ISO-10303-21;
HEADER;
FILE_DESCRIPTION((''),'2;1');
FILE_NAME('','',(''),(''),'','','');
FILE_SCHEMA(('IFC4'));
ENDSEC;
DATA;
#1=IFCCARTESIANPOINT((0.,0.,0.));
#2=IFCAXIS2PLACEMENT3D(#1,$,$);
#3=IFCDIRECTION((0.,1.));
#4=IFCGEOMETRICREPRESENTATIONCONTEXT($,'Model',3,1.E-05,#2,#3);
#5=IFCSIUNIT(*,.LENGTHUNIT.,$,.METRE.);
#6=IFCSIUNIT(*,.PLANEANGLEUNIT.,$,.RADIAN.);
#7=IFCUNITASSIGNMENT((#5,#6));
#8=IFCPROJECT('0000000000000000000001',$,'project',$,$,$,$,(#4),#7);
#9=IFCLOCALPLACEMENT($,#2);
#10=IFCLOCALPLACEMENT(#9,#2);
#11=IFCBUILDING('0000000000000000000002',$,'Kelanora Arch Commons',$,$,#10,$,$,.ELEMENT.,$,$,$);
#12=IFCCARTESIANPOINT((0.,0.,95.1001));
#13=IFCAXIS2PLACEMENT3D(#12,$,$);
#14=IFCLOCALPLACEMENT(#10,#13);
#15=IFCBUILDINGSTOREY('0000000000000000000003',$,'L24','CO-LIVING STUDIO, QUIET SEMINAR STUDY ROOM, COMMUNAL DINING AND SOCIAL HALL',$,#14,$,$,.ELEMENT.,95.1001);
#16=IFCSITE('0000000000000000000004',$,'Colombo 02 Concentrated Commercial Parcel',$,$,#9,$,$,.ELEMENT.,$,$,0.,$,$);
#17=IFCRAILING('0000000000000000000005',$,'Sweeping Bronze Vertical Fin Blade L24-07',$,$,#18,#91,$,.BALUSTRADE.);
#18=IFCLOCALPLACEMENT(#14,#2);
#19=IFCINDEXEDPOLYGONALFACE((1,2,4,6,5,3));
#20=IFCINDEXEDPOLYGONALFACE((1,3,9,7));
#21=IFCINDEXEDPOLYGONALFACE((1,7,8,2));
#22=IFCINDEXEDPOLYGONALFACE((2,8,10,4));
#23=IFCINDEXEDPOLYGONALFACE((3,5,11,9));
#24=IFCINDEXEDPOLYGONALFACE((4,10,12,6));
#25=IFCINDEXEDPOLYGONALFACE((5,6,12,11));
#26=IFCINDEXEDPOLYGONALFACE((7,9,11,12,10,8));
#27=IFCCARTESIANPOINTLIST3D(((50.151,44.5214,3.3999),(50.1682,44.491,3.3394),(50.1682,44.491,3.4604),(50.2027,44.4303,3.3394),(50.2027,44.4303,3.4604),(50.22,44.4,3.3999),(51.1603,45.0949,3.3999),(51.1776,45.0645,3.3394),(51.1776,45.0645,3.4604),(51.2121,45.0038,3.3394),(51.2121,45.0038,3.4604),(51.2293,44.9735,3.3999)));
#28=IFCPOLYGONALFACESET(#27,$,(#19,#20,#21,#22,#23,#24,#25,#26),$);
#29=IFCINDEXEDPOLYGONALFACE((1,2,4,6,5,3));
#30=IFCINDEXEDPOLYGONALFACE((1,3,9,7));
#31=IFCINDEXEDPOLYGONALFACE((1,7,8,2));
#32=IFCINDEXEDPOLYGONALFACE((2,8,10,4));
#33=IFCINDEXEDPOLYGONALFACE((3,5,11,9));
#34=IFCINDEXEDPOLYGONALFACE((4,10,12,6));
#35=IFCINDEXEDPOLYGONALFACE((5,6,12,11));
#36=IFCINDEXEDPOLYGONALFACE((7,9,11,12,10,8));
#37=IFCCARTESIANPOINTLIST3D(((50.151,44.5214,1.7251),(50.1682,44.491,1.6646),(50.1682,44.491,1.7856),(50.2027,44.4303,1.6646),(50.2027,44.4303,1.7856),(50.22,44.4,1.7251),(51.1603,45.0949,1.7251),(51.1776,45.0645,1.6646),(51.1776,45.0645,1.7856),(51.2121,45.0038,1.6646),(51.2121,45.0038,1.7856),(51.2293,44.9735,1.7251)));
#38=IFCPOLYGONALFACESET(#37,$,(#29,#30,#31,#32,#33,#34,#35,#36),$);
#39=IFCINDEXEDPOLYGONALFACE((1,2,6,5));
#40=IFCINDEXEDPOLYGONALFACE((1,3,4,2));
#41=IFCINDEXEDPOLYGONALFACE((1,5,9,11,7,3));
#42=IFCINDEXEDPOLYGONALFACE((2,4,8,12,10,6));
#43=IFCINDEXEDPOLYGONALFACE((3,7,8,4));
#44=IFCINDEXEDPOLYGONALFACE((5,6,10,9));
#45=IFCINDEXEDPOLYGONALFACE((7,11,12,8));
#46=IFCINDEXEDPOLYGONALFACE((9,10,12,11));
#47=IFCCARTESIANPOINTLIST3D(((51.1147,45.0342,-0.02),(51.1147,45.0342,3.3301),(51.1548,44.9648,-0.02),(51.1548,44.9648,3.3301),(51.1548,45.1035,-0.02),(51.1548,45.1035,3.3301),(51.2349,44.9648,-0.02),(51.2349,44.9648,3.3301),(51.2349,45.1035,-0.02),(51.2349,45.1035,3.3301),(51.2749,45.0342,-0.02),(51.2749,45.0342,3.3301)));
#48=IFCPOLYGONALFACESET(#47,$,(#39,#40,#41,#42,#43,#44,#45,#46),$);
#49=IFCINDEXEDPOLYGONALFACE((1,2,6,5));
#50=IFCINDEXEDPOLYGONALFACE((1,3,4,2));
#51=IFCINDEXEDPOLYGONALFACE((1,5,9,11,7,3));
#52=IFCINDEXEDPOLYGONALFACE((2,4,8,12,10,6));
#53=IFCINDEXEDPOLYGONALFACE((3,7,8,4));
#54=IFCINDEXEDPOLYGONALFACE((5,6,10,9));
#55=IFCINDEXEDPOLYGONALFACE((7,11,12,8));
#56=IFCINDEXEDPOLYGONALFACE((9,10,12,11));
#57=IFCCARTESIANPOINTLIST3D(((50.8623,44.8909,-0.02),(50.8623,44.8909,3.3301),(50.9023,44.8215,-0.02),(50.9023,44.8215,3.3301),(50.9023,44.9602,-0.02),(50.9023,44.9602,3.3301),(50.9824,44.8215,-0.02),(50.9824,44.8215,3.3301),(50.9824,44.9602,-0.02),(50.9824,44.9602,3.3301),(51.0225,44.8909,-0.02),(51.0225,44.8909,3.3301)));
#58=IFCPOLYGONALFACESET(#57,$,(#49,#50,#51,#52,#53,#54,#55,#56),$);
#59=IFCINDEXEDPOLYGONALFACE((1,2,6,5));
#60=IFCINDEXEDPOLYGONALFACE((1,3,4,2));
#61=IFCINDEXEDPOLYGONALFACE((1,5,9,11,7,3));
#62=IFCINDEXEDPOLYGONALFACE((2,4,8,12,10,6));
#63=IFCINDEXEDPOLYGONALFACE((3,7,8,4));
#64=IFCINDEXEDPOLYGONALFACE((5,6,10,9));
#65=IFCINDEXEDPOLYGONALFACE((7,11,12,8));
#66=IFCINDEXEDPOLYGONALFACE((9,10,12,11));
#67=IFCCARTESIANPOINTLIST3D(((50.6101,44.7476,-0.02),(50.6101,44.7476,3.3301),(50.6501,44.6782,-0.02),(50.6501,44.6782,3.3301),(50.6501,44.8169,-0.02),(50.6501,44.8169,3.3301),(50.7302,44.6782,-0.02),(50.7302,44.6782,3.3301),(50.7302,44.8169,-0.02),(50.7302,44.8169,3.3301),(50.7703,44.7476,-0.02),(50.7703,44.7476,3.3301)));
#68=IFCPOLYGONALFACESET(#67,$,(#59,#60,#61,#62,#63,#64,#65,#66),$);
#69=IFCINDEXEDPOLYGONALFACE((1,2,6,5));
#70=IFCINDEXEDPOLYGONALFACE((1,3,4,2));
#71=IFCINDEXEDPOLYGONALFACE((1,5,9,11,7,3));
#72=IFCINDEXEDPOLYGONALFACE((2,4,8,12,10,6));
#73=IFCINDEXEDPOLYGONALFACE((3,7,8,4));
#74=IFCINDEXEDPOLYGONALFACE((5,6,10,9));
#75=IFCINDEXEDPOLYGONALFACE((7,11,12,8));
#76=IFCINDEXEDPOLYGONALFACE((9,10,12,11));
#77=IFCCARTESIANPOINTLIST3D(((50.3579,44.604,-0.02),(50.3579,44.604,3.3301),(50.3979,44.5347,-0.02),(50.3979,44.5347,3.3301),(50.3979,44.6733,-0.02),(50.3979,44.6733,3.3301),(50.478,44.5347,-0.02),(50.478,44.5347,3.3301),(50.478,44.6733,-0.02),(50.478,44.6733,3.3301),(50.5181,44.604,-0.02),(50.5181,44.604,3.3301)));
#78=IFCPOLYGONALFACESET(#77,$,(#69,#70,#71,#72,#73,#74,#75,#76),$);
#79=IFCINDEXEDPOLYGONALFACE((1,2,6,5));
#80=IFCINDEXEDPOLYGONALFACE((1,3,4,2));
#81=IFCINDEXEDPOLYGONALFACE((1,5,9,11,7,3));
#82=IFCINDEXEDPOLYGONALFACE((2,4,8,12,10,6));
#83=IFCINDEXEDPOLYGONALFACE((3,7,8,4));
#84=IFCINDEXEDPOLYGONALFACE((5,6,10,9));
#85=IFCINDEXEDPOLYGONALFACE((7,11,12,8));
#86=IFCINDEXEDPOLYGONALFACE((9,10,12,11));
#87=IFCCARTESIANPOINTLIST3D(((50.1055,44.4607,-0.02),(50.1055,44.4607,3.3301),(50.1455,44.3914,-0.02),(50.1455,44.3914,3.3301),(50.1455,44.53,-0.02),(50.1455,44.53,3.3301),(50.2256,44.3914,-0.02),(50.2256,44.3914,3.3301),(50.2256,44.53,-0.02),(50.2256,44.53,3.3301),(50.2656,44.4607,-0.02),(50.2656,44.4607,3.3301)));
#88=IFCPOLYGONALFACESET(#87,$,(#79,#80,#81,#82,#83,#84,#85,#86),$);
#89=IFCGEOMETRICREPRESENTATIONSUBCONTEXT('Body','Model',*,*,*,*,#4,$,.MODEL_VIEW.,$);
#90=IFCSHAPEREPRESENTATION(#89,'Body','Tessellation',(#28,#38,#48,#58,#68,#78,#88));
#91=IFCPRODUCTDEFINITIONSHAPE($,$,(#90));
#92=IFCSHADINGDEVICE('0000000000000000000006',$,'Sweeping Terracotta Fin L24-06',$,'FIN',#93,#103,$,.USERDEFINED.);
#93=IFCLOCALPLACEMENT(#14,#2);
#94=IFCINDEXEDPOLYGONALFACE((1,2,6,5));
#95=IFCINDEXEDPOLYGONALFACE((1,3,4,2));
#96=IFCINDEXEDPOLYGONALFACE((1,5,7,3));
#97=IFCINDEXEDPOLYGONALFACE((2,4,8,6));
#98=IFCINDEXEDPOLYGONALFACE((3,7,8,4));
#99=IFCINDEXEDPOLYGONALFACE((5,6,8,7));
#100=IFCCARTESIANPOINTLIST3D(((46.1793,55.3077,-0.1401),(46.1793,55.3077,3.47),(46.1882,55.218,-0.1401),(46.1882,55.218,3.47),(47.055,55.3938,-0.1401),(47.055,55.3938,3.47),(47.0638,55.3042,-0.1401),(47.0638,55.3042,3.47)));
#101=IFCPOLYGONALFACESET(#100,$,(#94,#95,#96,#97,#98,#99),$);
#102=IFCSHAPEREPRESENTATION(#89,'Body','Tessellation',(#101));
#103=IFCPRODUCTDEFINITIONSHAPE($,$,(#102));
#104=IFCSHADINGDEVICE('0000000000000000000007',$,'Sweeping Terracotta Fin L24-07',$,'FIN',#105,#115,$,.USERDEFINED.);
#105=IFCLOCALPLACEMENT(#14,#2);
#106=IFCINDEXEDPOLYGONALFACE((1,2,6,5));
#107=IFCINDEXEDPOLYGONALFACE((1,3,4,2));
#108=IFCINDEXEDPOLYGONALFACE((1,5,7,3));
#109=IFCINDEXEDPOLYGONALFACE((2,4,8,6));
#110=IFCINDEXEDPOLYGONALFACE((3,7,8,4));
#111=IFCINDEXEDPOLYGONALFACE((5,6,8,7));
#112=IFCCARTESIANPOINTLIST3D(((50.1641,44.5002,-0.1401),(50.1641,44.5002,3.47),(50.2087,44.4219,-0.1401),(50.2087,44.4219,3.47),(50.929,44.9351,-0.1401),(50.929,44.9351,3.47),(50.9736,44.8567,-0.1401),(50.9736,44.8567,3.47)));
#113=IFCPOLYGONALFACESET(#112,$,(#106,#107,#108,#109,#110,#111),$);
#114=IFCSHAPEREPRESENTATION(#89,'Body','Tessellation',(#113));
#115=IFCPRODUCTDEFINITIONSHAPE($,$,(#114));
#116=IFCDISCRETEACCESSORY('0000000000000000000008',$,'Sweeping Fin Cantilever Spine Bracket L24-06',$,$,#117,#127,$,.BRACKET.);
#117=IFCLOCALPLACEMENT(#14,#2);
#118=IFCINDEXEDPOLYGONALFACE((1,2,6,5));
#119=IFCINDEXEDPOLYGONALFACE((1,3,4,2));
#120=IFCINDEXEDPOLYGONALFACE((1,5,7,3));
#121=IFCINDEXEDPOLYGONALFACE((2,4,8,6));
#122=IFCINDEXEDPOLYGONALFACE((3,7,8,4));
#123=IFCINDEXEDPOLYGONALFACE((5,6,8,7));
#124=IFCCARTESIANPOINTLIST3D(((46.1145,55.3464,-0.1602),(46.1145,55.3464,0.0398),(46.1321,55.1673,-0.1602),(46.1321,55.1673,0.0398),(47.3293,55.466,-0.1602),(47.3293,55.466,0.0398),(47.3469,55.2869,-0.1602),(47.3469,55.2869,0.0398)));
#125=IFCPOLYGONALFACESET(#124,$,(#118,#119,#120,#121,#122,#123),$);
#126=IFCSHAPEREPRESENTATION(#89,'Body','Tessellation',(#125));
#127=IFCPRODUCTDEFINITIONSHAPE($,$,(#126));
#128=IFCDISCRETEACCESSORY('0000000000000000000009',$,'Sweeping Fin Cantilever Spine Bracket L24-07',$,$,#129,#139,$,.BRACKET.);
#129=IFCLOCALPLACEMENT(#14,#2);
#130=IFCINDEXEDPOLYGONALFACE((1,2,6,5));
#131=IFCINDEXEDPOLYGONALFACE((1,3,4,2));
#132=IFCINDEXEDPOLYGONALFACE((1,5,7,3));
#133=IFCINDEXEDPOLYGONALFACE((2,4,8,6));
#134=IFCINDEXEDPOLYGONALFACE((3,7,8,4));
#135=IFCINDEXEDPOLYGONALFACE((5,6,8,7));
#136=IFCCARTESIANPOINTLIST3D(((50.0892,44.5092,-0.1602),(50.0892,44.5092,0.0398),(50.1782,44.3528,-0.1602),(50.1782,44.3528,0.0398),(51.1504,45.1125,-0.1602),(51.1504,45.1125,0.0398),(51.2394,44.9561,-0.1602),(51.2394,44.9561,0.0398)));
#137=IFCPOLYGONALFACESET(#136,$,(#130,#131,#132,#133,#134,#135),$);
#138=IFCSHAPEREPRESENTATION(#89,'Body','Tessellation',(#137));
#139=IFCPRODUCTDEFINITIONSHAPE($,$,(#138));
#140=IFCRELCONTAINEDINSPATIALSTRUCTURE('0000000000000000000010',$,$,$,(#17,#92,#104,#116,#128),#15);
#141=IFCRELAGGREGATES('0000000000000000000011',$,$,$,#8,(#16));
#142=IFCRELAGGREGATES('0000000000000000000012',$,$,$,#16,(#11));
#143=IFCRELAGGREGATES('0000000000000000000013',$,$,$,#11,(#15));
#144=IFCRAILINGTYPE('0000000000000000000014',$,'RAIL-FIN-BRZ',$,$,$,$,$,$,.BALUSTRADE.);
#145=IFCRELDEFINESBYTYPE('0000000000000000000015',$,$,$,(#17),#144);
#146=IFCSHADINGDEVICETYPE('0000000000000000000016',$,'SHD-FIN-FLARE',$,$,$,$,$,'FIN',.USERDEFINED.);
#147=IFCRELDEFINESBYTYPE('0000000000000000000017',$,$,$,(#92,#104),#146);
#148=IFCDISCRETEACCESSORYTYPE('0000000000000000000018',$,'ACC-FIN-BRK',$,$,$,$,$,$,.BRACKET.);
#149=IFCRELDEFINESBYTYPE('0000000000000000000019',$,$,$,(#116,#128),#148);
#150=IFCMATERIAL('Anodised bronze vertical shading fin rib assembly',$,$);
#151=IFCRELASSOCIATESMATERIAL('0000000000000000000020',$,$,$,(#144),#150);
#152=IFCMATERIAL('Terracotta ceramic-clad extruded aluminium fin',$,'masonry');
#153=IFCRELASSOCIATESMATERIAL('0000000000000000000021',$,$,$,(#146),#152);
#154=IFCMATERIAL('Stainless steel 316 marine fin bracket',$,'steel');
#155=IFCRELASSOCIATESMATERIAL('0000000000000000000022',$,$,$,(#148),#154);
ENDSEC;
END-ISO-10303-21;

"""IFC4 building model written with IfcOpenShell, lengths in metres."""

from ifc_helpers import new_model, si_unit, direction, frame, origin, origin_2d, place, context, subcontext, project, spatial, polyline, rectangle, outline, extrude, source, transform, mapped, material, type_object, element, save


model = new_model("IFC4")

# Units and contexts
model_context = context("Model", 3, precision=1e-05, world=origin(), true_north=direction((0.0, 1.0)))
body_context = subcontext(model_context, "Body", "Model", "MODEL_VIEW")
ifc_project = project(units=[si_unit("LENGTHUNIT", "METRE"), si_unit("PLANEANGLEUNIT", "RADIAN")], contexts=[model_context])

# Site, building, storey
site_placement = place(None, origin())
site = spatial("IfcSite", under=ifc_project, at=site_placement, Name="Colombo 02 Concentrated Commercial Parcel", CompositionType="ELEMENT", RefElevation=0.0)
building_placement = place(site_placement, origin())
building = spatial("IfcBuilding", under=site, at=building_placement, Name="Kelanora Arch Commons", CompositionType="ELEMENT")
storey_placement = place(building_placement, frame((0.0, 0.0, 95.1001)))
storey = spatial("IfcBuildingStorey", under=building, at=storey_placement, Name="L24", Description="CO-LIVING STUDIO, QUIET SEMINAR STUDY ROOM, COMMUNAL DINING AND SOCIAL HALL", CompositionType="ELEMENT", Elevation=95.1001)

# Railing
ifc_material_1 = material(Name="Anodised bronze vertical shading fin rib assembly")
railing_type = type_object("IfcRailingType", Name="RAIL-FIN-BRZ", PredefinedType="BALUSTRADE", material=ifc_material_1)
railing_1_placement = place(storey_placement, frame((51.1948, 45.0342, -0.02)))
element("IfcRailing", 1, at=railing_1_placement, inside=storey, type_object=railing_type, Name="Sweeping Bronze Vertical Fin Blade L24-07", PredefinedType="BALUSTRADE", context=body_context, shape_type="SweptSolid", body=[
    extrude(outline(polyline([(0.0698, 0.0), (0.0349, 0.0605), (-0.0349, 0.0605), (-0.0698, 0.0), (-0.0349, -0.0605), (0.0349, -0.0605), (0.0698, 0.0)])), frame((0.0, 0.0, 3.4199), z_axis=(-0.869444, -0.494031, 0.0), x_axis=(0.494031, -0.869444, 0.0)), (0.0, 0.0, 1.0), 1.1609),
    extrude(outline(polyline([(0.0698, 0.0), (0.0349, 0.0605), (-0.0349, 0.0605), (-0.0698, 0.0), (-0.0349, -0.0605), (0.0349, -0.0605), (0.0698, 0.0)])), frame((0.0, 0.0, 1.7451), z_axis=(-0.869444, -0.494031, 0.0), x_axis=(0.494031, -0.869444, 0.0)), (0.0, 0.0, 1.0), 1.1609),
    extrude(outline(polyline([(0.0801, 0.0), (0.04, 0.0693), (-0.04, 0.0693), (-0.0801, 0.0), (-0.04, -0.0693), (0.04, -0.0693), (0.0801, 0.0)])), origin(), (0.0, 0.0, 1.0), 3.3501),
    extrude(outline(polyline([(0.0801, 0.0), (0.04, 0.0693), (-0.04, 0.0693), (-0.0801, 0.0), (-0.04, -0.0693), (0.04, -0.0693), (0.0801, 0.0)])), frame((-0.2524, -0.1433, 0.0)), (0.0, 0.0, 1.0), 3.3501),
    extrude(outline(polyline([(0.0801, 0.0), (0.04, 0.0693), (-0.04, 0.0693), (-0.0801, 0.0), (-0.04, -0.0693), (0.04, -0.0693), (0.0801, 0.0)])), frame((-0.5046, -0.2866, 0.0)), (0.0, 0.0, 1.0), 3.3501),
    extrude(outline(polyline([(0.0801, 0.0), (0.04, 0.0693), (-0.04, 0.0693), (-0.0801, 0.0), (-0.04, -0.0693), (0.04, -0.0693), (0.0801, 0.0)])), frame((-0.7568, -0.4302, 0.0)), (0.0, 0.0, 1.0), 3.3501),
    extrude(outline(polyline([(0.0801, 0.0), (0.04, 0.0693), (-0.04, 0.0693), (-0.0801, 0.0), (-0.04, -0.0693), (0.04, -0.0693), (0.0801, 0.0)])), frame((-1.0093, -0.5735, 0.0)), (0.0, 0.0, 1.0), 3.3501),
])

# Shading devices
ifc_material_2 = material(Name="Terracotta ceramic-clad extruded aluminium fin", Category="masonry")
shading_device_type = type_object("IfcShadingDeviceType", Name="SHD-FIN-FLARE", ElementType="FIN", PredefinedType="USERDEFINED", material=ifc_material_2)
shared_shape_1 = source(origin(), body_context, "Body", "SweptSolid", [
    extrude(rectangle(XDim=0.8799, YDim=0.0901, at=origin_2d()), origin(), (0.0, 0.0, 1.0), 3.6101),
])
for number, where, z_axis, x_axis, name in (
    (2, (46.6216, 55.3059, -0.1401), (0.0, 0.0, 1.0), (-0.995193, -0.09793, 0.0), "Sweeping Terracotta Fin L24-06"),
    (3, (50.5688, 44.6785, -0.1401), (0.0, 0.0, 1.0), (-0.869322, -0.494245, 0.0), "Sweeping Terracotta Fin L24-07"),
):
    element("IfcShadingDevice", number, at=place(storey_placement, frame(where, z_axis=z_axis, x_axis=x_axis)), inside=storey, type_object=shading_device_type, Name=name, ObjectType="FIN", PredefinedType="USERDEFINED", context=body_context, shape_type="MappedRepresentation", body=[
        mapped(shared_shape_1, transform((0.0, 0.0, 0.0), scale=1.0)),
    ])

# Discrete accessories
ifc_material_3 = material(Name="Stainless steel 316 marine fin bracket", Category="steel")
discrete_accessory_type = type_object("IfcDiscreteAccessoryType", Name="ACC-FIN-BRK", PredefinedType="BRACKET", material=ifc_material_3)
shared_shape_2 = source(origin(), body_context, "Body", "SweptSolid", [
    extrude(rectangle(XDim=1.2207, YDim=0.1799, at=origin_2d()), origin(), (0.0, 0.0, 1.0), 0.2),
])
for number, where, z_axis, x_axis, name in (
    (4, (46.7307, 55.3167, -0.1602), (0.0, 0.0, 1.0), (-0.995193, -0.09793, 0.0), "Sweeping Fin Cantilever Spine Bracket L24-06"),
    (5, (50.6643, 44.7327, -0.1602), (0.0, 0.0, 1.0), (-0.869322, -0.494245, 0.0), "Sweeping Fin Cantilever Spine Bracket L24-07"),
):
    element("IfcDiscreteAccessory", number, at=place(storey_placement, frame(where, z_axis=z_axis, x_axis=x_axis)), inside=storey, type_object=discrete_accessory_type, Name=name, PredefinedType="BRACKET", context=body_context, shape_type="MappedRepresentation", body=[
        mapped(shared_shape_2, transform((0.0, 0.0, 0.0), scale=1.0)),
    ])

save(model, "model.ifc")
